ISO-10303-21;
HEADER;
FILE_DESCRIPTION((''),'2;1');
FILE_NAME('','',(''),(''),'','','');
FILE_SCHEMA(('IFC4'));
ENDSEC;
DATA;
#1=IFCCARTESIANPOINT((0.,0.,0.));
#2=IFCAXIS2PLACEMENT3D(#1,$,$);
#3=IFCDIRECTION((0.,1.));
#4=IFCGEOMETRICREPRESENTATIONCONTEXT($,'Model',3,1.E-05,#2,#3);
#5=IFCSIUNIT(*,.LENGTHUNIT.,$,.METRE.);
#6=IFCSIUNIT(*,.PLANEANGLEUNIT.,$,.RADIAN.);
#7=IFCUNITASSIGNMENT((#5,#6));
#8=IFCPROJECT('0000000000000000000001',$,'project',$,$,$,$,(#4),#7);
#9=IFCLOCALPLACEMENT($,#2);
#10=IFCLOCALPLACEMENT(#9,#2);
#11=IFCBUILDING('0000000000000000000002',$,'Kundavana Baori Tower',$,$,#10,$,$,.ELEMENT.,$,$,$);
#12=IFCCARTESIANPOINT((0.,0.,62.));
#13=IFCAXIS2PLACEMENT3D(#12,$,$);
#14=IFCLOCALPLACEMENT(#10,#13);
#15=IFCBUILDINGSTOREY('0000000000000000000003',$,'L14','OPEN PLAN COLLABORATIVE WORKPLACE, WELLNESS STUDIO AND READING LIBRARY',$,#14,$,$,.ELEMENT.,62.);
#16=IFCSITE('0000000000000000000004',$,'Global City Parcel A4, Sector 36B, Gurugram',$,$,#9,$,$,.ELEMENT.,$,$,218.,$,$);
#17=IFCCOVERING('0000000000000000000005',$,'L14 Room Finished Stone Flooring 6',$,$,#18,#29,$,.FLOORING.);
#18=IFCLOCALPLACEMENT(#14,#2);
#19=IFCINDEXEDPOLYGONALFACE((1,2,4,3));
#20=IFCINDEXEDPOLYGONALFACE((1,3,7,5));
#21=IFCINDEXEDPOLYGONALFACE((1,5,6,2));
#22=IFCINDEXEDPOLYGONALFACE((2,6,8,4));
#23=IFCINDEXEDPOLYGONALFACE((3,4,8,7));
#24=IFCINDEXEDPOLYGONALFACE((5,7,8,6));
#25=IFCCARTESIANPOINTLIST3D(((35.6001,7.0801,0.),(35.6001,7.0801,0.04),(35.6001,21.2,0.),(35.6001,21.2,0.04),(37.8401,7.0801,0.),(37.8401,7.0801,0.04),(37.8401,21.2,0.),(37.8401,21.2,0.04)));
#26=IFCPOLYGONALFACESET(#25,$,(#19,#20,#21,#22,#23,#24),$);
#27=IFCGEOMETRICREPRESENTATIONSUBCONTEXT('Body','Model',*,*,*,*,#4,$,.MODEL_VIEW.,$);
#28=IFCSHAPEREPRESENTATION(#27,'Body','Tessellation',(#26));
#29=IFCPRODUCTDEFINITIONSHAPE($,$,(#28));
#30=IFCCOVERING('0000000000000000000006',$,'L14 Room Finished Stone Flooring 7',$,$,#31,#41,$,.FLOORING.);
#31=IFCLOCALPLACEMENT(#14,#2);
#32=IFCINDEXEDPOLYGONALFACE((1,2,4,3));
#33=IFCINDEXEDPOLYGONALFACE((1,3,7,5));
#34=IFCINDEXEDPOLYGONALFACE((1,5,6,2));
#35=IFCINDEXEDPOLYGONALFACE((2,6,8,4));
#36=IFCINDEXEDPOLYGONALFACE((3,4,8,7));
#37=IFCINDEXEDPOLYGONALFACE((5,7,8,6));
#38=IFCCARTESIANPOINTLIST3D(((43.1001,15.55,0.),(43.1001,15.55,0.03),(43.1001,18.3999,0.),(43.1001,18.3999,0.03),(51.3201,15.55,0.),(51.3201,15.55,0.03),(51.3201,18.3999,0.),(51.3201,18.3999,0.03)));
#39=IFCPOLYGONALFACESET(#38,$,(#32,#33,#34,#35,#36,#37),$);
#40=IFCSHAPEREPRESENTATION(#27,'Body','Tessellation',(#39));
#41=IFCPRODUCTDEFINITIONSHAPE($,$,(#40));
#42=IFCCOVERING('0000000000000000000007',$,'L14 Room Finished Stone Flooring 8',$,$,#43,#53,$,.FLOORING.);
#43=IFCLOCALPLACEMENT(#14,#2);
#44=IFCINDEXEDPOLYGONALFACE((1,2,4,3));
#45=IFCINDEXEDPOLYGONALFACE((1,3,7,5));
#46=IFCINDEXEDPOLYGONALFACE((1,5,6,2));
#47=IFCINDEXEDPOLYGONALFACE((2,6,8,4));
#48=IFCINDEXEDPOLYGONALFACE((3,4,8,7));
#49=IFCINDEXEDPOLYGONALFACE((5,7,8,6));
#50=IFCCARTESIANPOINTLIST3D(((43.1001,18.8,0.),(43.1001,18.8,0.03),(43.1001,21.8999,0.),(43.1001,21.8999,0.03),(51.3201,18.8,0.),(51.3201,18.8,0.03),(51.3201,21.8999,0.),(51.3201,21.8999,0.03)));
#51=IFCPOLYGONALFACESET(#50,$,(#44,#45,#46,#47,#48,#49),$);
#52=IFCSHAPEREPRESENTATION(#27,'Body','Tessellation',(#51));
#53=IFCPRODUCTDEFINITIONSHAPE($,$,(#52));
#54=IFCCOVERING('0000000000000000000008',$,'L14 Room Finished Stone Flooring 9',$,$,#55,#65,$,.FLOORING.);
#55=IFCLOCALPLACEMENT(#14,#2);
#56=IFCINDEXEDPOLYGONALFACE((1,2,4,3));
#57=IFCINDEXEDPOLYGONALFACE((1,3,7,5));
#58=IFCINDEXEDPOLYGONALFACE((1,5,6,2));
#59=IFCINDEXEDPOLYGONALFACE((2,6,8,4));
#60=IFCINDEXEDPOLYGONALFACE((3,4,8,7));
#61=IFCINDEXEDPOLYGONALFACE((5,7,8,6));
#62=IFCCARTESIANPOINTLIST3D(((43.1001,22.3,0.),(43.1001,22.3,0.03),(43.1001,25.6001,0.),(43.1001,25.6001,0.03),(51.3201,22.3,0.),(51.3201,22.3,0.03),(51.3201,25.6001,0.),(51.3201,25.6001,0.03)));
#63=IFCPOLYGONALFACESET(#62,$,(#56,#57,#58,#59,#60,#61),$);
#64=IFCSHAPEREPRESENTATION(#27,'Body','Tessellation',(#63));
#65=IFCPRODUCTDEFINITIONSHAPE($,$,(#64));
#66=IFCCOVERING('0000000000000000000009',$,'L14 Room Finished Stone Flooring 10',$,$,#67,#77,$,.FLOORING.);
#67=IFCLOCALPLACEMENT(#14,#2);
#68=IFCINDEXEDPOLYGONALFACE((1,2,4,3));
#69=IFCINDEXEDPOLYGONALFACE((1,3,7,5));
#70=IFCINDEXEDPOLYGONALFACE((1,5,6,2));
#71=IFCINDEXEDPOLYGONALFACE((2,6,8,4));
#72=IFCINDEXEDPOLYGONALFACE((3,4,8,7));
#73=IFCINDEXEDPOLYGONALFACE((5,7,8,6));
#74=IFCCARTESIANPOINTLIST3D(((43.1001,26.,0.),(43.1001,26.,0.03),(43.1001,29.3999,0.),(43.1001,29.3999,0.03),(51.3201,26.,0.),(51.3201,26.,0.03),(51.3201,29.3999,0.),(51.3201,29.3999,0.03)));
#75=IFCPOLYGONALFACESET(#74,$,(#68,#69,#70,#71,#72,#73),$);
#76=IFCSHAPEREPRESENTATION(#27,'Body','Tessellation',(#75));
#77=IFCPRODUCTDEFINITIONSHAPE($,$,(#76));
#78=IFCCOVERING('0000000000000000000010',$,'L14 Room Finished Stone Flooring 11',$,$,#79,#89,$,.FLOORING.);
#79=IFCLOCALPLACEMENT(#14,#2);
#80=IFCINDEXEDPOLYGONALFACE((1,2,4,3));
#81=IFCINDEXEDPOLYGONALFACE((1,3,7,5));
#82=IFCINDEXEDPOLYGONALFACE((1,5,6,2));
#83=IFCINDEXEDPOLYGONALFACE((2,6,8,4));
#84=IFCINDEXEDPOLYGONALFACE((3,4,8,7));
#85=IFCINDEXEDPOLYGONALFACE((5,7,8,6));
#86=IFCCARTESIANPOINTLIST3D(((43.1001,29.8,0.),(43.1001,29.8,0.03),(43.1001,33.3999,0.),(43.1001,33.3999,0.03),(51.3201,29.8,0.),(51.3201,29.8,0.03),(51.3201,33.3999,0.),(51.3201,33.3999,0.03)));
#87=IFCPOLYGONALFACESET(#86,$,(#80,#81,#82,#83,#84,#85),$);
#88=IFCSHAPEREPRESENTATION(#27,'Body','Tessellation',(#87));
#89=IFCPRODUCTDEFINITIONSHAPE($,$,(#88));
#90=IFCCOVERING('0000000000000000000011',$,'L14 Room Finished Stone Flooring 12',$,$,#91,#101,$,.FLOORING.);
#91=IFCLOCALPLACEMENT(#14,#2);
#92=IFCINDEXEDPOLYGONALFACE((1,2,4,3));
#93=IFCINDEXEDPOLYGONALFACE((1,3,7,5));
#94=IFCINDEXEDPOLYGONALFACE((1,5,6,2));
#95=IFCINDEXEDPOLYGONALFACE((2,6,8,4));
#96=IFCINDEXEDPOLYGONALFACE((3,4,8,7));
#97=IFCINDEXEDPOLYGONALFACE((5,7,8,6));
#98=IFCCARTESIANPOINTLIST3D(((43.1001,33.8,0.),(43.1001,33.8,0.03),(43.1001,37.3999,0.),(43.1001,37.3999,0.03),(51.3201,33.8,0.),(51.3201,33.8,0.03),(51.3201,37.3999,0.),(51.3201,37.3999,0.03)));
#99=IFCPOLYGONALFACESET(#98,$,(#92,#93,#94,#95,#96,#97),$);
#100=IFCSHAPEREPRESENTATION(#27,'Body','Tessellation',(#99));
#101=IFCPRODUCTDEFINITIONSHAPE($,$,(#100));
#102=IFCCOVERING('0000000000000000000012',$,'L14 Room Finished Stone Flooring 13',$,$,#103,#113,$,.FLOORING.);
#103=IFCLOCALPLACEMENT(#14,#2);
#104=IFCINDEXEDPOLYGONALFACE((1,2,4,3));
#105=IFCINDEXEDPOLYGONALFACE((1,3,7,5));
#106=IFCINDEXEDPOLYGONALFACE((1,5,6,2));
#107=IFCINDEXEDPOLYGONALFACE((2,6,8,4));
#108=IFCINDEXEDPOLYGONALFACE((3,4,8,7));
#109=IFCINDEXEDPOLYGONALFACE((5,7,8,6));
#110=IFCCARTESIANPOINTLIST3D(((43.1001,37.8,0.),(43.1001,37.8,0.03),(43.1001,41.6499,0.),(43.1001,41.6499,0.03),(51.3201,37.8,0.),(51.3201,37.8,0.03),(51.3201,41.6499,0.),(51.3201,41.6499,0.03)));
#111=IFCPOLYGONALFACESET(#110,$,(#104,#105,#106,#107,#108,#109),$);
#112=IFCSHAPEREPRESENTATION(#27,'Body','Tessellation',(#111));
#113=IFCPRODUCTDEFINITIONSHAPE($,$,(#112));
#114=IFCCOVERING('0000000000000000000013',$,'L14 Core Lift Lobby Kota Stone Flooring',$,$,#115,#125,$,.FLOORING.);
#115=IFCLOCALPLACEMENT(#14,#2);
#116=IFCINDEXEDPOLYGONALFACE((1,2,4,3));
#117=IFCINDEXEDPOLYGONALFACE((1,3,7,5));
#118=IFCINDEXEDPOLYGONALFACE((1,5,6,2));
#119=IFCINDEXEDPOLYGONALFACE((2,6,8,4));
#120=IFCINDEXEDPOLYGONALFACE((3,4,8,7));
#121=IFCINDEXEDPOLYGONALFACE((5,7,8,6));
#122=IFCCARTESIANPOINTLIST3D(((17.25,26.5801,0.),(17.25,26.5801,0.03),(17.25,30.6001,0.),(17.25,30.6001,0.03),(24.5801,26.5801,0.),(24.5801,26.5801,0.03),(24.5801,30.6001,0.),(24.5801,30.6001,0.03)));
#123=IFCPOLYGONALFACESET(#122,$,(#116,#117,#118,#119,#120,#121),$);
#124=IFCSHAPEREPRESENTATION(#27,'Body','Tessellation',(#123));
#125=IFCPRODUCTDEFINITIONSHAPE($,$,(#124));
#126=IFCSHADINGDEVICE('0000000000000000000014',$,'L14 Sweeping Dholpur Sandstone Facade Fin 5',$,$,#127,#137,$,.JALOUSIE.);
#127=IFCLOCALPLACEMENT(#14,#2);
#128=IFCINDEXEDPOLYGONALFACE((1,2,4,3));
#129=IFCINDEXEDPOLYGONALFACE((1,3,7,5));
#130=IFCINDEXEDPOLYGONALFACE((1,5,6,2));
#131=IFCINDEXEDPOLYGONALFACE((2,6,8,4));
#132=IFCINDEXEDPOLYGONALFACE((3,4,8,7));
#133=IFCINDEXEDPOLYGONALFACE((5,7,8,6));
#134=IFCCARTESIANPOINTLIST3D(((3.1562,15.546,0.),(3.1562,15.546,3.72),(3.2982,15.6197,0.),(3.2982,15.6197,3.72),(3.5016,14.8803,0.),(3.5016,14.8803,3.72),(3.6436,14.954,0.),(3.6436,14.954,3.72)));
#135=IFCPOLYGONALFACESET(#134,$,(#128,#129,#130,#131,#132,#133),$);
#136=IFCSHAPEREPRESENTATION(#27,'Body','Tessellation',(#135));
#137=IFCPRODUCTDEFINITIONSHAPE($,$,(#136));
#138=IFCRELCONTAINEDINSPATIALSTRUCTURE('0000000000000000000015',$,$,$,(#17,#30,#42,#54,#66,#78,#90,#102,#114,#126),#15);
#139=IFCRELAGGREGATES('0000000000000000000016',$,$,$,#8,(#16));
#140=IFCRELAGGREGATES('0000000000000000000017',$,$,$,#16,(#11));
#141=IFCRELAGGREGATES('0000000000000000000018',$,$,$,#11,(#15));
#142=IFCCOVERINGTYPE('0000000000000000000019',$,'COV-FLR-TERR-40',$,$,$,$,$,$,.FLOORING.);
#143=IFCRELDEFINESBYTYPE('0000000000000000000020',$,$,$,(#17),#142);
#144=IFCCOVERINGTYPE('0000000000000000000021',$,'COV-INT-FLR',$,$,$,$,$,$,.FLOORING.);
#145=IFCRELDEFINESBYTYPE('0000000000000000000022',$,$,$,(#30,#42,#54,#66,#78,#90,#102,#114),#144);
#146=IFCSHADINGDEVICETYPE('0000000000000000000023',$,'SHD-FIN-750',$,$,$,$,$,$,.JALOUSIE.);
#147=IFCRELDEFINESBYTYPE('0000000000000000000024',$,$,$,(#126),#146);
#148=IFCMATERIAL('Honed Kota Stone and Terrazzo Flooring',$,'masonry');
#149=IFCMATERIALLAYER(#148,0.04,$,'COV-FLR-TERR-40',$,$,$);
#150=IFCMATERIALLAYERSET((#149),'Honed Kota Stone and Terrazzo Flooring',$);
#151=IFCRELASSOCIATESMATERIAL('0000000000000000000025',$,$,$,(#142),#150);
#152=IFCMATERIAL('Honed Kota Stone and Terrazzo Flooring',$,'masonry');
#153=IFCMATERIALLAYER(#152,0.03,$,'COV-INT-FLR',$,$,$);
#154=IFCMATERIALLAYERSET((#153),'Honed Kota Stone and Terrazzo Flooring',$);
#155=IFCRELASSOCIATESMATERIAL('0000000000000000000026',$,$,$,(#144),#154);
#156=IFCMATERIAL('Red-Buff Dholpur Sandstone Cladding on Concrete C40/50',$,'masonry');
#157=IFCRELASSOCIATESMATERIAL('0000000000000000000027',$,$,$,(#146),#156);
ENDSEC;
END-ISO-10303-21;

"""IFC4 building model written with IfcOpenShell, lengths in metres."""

from ifc_helpers import new_model, si_unit, direction, frame, origin, origin_2d, place, context, subcontext, project, spatial, polyline, rectangle, outline, extrude, material, layer, layer_set, type_object, element, save


model = new_model("IFC4")

# Units and contexts
model_context = context("Model", 3, precision=1e-05, world=origin(), true_north=direction((0.0, 1.0)))
body_context = subcontext(model_context, "Body", "Model", "MODEL_VIEW")
ifc_project = project(units=[si_unit("LENGTHUNIT", "METRE"), si_unit("PLANEANGLEUNIT", "RADIAN")], contexts=[model_context])

# Site, building, storey
site_placement = place(None, origin())
site = spatial("IfcSite", under=ifc_project, at=site_placement, Name="Global City Parcel A4, Sector 36B, Gurugram", CompositionType="ELEMENT", RefElevation=218.0)
building_placement = place(site_placement, origin())
building = spatial("IfcBuilding", under=site, at=building_placement, Name="Kundavana Baori Tower", CompositionType="ELEMENT")
storey_placement = place(building_placement, frame((0.0, 0.0, 62.0)))
storey = spatial("IfcBuildingStorey", under=building, at=storey_placement, Name="L14", Description="OPEN PLAN COLLABORATIVE WORKPLACE, WELLNESS STUDIO AND READING LIBRARY", CompositionType="ELEMENT", Elevation=62.0)

# Coverings
ifc_material_1 = material(Name="Honed Kota Stone and Terrazzo Flooring", Category="masonry")
ifc_layer_1 = layer(ifc_material_1, 0.04, Name="COV-FLR-TERR-40")
ifc_layer_set_1 = layer_set([ifc_layer_1], Name="Honed Kota Stone and Terrazzo Flooring")
covering_type_1 = type_object("IfcCoveringType", Name="COV-FLR-TERR-40", PredefinedType="FLOORING", material=ifc_layer_set_1)
covering_1_placement = place(storey_placement, origin())
element("IfcCovering", 1, at=covering_1_placement, inside=storey, type_object=covering_type_1, Name="L14 Room Finished Stone Flooring 6", PredefinedType="FLOORING", context=body_context, shape_type="SweptSolid", body=[
    extrude(outline(polyline([(35.6001, 7.0801), (37.8401, 7.0801), (37.8401, 21.2), (35.6001, 21.2), (35.6001, 7.0801)])), origin(), (0.0, 0.0, 1.0), 0.04),
])
ifc_material_2 = material(Name="Honed Kota Stone and Terrazzo Flooring", Category="masonry")
ifc_layer_2 = layer(ifc_material_2, 0.03, Name="COV-INT-FLR")
ifc_layer_set_2 = layer_set([ifc_layer_2], Name="Honed Kota Stone and Terrazzo Flooring")
covering_type_2 = type_object("IfcCoveringType", Name="COV-INT-FLR", PredefinedType="FLOORING", material=ifc_layer_set_2)
covering_2_placement = place(storey_placement, origin())
element("IfcCovering", 2, at=covering_2_placement, inside=storey, type_object=covering_type_2, Name="L14 Room Finished Stone Flooring 7", PredefinedType="FLOORING", context=body_context, shape_type="SweptSolid", body=[
    extrude(outline(polyline([(43.1001, 15.55), (51.3201, 15.55), (51.3201, 18.3999), (43.1001, 18.3999), (43.1001, 15.55)])), origin(), (0.0, 0.0, 1.0), 0.03),
])
covering_3_placement = place(storey_placement, origin())
element("IfcCovering", 3, at=covering_3_placement, inside=storey, type_object=covering_type_2, Name="L14 Room Finished Stone Flooring 8", PredefinedType="FLOORING", context=body_context, shape_type="SweptSolid", body=[
    extrude(outline(polyline([(43.1001, 18.8), (51.3201, 18.8), (51.3201, 21.8999), (43.1001, 21.8999), (43.1001, 18.8)])), origin(), (0.0, 0.0, 1.0), 0.03),
])
covering_4_placement = place(storey_placement, origin())
element("IfcCovering", 4, at=covering_4_placement, inside=storey, type_object=covering_type_2, Name="L14 Room Finished Stone Flooring 9", PredefinedType="FLOORING", context=body_context, shape_type="SweptSolid", body=[
    extrude(outline(polyline([(43.1001, 22.3), (51.3201, 22.3), (51.3201, 25.6001), (43.1001, 25.6001), (43.1001, 22.3)])), origin(), (0.0, 0.0, 1.0), 0.03),
])
covering_5_placement = place(storey_placement, origin())
element("IfcCovering", 5, at=covering_5_placement, inside=storey, type_object=covering_type_2, Name="L14 Room Finished Stone Flooring 10", PredefinedType="FLOORING", context=body_context, shape_type="SweptSolid", body=[
    extrude(outline(polyline([(43.1001, 26.0), (51.3201, 26.0), (51.3201, 29.3999), (43.1001, 29.3999), (43.1001, 26.0)])), origin(), (0.0, 0.0, 1.0), 0.03),
])
covering_6_placement = place(storey_placement, origin())
element("IfcCovering", 6, at=covering_6_placement, inside=storey, type_object=covering_type_2, Name="L14 Room Finished Stone Flooring 11", PredefinedType="FLOORING", context=body_context, shape_type="SweptSolid", body=[
    extrude(outline(polyline([(43.1001, 29.8), (51.3201, 29.8), (51.3201, 33.3999), (43.1001, 33.3999), (43.1001, 29.8)])), origin(), (0.0, 0.0, 1.0), 0.03),
])
covering_7_placement = place(storey_placement, origin())
element("IfcCovering", 7, at=covering_7_placement, inside=storey, type_object=covering_type_2, Name="L14 Room Finished Stone Flooring 12", PredefinedType="FLOORING", context=body_context, shape_type="SweptSolid", body=[
    extrude(outline(polyline([(43.1001, 33.8), (51.3201, 33.8), (51.3201, 37.3999), (43.1001, 37.3999), (43.1001, 33.8)])), origin(), (0.0, 0.0, 1.0), 0.03),
])
covering_8_placement = place(storey_placement, origin())
element("IfcCovering", 8, at=covering_8_placement, inside=storey, type_object=covering_type_2, Name="L14 Room Finished Stone Flooring 13", PredefinedType="FLOORING", context=body_context, shape_type="SweptSolid", body=[
    extrude(outline(polyline([(43.1001, 37.8), (51.3201, 37.8), (51.3201, 41.6499), (43.1001, 41.6499), (43.1001, 37.8)])), origin(), (0.0, 0.0, 1.0), 0.03),
])
covering_9_placement = place(storey_placement, origin())
element("IfcCovering", 9, at=covering_9_placement, inside=storey, type_object=covering_type_2, Name="L14 Core Lift Lobby Kota Stone Flooring", PredefinedType="FLOORING", context=body_context, shape_type="SweptSolid", body=[
    extrude(outline(polyline([(17.25, 26.5801), (24.5801, 26.5801), (24.5801, 30.6001), (17.25, 30.6001), (17.25, 26.5801)])), origin(), (0.0, 0.0, 1.0), 0.03),
])

# Shading device
ifc_material_3 = material(Name="Red-Buff Dholpur Sandstone Cladding on Concrete C40/50", Category="masonry")
shading_device_type = type_object("IfcShadingDeviceType", Name="SHD-FIN-750", PredefinedType="JALOUSIE", material=ifc_material_3)
shading_device_placement = place(storey_placement, frame((3.3999, 15.25, 0.0), z_axis=(0.0, 0.0, 1.0), x_axis=(0.887655, 0.46051, 0.0)))
element("IfcShadingDevice", 10, at=shading_device_placement, inside=storey, type_object=shading_device_type, Name="L14 Sweeping Dholpur Sandstone Facade Fin 5", PredefinedType="JALOUSIE", context=body_context, shape_type="SweptSolid", body=[
    extrude(rectangle(XDim=0.1599, YDim=0.75, at=origin_2d()), origin(), (0.0, 0.0, 1.0), 3.72),
])

save(model, "model.ifc")
